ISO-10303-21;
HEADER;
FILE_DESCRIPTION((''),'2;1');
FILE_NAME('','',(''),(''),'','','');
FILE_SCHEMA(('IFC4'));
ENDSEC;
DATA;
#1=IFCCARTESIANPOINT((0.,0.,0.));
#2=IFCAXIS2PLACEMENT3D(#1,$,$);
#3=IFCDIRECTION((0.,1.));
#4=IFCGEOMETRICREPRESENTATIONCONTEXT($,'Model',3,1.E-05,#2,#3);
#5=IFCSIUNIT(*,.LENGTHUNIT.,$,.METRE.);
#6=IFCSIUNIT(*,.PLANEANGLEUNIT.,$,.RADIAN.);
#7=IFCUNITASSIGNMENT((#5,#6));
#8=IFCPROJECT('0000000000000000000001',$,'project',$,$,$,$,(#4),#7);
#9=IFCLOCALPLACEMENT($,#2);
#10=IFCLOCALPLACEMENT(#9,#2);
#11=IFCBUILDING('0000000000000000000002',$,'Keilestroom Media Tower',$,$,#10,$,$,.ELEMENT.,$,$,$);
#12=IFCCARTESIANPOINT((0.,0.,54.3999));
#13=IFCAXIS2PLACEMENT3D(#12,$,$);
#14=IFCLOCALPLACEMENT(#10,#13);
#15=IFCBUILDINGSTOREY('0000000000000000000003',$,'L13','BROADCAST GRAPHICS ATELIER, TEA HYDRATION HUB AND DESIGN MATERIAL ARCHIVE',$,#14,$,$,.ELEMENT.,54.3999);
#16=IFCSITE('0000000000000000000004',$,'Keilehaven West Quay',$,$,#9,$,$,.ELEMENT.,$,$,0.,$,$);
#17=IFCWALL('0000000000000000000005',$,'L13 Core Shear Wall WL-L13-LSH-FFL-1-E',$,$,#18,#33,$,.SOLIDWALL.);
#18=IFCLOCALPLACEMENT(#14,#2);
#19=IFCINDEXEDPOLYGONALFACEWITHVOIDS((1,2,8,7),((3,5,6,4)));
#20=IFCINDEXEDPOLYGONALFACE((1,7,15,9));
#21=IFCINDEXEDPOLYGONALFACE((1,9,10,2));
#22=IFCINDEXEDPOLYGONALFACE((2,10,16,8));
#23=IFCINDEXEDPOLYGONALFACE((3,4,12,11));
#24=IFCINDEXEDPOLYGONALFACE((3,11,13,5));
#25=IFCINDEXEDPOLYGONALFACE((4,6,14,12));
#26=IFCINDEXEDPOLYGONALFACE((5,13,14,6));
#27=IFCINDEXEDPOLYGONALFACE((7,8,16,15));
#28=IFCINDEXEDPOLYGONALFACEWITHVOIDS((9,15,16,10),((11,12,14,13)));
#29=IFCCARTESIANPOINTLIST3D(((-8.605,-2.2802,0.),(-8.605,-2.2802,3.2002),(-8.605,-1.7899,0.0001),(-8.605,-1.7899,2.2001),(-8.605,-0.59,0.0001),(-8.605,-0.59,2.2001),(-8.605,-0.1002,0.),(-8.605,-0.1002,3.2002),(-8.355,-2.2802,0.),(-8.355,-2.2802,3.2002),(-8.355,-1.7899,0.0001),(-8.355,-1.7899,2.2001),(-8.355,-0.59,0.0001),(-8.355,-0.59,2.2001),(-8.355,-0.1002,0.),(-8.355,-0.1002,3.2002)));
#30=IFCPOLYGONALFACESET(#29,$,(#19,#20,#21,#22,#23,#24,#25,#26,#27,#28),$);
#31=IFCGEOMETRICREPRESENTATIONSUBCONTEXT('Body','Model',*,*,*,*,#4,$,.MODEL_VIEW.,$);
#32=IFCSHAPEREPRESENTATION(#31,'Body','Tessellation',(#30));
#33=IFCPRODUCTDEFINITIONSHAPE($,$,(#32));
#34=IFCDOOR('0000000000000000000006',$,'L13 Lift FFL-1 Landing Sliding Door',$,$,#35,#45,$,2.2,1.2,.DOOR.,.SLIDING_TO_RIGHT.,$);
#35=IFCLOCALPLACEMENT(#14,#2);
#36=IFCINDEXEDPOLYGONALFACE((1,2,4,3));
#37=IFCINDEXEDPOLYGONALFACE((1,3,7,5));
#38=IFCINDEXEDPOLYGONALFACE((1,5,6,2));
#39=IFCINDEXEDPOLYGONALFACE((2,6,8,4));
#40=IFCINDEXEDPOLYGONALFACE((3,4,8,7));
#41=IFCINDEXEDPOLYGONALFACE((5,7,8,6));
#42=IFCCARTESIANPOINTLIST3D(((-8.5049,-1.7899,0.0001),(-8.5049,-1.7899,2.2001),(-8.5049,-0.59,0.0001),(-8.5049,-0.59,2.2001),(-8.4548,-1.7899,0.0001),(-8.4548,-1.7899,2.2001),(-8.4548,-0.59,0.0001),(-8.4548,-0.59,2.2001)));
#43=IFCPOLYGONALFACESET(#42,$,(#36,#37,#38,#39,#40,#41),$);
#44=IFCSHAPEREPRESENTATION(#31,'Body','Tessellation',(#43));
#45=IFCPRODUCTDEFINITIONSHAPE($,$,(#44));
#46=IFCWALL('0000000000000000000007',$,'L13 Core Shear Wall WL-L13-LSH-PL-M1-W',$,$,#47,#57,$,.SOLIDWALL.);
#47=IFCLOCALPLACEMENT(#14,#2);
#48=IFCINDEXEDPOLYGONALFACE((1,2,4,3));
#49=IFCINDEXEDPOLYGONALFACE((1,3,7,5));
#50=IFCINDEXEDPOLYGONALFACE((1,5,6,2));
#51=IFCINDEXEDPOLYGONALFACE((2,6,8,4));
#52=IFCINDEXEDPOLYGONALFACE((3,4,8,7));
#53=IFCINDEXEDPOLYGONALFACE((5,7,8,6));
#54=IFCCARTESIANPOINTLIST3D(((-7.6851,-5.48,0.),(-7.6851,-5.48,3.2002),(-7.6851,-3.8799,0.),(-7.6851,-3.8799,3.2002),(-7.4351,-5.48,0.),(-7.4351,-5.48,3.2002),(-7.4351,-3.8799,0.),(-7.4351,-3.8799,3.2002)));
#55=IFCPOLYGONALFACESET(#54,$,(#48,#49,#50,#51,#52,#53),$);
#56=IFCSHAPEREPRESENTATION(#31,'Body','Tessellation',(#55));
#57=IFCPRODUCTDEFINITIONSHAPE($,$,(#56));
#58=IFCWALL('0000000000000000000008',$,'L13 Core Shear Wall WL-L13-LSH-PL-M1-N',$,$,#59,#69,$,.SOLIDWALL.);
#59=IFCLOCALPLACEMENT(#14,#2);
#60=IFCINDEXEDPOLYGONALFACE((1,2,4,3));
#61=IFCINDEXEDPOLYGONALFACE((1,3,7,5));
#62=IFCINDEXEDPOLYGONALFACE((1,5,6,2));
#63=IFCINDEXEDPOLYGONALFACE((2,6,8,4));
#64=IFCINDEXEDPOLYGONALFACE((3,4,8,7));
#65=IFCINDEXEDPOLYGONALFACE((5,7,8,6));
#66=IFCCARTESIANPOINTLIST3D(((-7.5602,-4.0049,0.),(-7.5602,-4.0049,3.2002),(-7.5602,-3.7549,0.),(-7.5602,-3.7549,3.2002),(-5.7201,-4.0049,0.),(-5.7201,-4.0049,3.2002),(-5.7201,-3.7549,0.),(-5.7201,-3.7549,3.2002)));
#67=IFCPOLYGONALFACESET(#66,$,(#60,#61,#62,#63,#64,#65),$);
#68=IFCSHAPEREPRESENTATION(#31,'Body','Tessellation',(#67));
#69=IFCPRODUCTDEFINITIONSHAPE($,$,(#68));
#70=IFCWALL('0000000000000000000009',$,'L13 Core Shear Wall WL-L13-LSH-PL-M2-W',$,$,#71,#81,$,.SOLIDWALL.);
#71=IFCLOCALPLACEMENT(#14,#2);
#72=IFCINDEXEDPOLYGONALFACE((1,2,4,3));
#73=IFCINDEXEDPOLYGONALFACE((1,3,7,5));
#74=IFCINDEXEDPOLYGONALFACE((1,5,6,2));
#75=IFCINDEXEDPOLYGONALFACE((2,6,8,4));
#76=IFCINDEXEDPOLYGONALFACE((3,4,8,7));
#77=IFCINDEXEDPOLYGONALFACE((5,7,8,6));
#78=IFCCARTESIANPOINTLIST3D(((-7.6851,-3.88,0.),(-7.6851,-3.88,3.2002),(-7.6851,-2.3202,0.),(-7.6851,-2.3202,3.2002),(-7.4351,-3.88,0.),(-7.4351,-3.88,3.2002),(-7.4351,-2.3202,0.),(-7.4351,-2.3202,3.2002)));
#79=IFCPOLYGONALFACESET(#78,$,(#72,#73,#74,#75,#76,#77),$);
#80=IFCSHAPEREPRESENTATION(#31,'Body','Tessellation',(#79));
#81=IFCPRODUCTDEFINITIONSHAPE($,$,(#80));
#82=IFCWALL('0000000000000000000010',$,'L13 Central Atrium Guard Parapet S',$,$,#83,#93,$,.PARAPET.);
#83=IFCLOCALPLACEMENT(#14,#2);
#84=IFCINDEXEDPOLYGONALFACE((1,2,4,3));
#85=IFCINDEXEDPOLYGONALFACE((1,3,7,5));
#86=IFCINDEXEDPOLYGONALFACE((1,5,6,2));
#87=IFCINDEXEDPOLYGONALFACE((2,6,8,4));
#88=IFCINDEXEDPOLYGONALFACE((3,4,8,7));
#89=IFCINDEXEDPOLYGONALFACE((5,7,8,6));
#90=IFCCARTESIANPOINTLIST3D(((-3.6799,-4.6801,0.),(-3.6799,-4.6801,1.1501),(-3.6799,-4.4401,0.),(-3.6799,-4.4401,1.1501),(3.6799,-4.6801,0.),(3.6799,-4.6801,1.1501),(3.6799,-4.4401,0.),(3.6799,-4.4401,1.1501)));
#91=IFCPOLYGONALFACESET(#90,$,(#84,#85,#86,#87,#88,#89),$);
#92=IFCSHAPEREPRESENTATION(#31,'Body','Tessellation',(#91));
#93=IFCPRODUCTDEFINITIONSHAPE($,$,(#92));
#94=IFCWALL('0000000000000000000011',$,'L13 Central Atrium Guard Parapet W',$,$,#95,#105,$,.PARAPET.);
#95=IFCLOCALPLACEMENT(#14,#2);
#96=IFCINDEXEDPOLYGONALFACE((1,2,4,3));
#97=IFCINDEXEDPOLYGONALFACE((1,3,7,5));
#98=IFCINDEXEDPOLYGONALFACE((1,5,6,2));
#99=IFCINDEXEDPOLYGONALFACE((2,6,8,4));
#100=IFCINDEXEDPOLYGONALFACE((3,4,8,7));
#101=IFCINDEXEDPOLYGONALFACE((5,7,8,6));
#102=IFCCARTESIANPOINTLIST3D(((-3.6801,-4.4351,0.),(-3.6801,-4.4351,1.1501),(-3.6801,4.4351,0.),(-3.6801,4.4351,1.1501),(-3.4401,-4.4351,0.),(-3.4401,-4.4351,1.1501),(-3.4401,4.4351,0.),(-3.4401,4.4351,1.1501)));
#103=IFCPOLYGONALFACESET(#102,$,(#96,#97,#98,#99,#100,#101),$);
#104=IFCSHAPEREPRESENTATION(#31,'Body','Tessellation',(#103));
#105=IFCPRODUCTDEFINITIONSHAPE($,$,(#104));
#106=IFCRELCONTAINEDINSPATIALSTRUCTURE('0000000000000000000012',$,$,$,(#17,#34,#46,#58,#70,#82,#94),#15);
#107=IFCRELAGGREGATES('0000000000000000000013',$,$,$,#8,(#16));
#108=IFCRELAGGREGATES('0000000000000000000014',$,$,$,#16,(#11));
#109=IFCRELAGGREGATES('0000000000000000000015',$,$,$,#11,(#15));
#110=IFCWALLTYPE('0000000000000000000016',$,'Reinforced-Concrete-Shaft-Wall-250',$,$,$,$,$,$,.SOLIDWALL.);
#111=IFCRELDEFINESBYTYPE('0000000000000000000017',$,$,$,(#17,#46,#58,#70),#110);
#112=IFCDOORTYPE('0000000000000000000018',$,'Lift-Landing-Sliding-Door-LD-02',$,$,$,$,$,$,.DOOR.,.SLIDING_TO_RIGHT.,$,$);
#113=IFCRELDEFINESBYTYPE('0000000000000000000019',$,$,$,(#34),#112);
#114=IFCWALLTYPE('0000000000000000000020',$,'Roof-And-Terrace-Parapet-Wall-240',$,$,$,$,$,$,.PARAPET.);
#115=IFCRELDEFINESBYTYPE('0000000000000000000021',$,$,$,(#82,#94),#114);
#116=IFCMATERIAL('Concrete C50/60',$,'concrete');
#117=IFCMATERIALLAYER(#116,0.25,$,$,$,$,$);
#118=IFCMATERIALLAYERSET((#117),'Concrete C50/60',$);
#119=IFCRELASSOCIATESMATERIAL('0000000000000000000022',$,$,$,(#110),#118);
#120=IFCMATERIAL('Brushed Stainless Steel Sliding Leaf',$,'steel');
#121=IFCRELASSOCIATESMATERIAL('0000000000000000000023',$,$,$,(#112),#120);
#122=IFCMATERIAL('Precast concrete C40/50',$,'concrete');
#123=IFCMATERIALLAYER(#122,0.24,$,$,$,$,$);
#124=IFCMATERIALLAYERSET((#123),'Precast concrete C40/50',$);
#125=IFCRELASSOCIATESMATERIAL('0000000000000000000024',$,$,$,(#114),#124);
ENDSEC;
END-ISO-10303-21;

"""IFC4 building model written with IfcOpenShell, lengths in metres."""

from ifc_helpers import new_model, si_unit, direction, frame, frame_2d, origin, place, context, subcontext, project, spatial, rectangle, extrude, source, transform, mapped, material, layer, layer_set, type_object, element, fill, save


model = new_model("IFC4")

# Units and contexts
model_context = context("Model", 3, precision=1e-05, world=origin(), true_north=direction((0.0, 1.0)))
body_context = subcontext(model_context, "Body", "Model", "MODEL_VIEW")
ifc_project = project(units=[si_unit("LENGTHUNIT", "METRE"), si_unit("PLANEANGLEUNIT", "RADIAN")], contexts=[model_context])

# Site, building, storey
site_placement = place(None, origin())
site = spatial("IfcSite", under=ifc_project, at=site_placement, Name="Keilehaven West Quay", CompositionType="ELEMENT", RefElevation=0.0)
building_placement = place(site_placement, origin())
building = spatial("IfcBuilding", under=site, at=building_placement, Name="Keilestroom Media Tower", CompositionType="ELEMENT")
storey_placement = place(building_placement, frame((0.0, 0.0, 54.3999)))
storey = spatial("IfcBuildingStorey", under=building, at=storey_placement, Name="L13", Description="BROADCAST GRAPHICS ATELIER, TEA HYDRATION HUB AND DESIGN MATERIAL ARCHIVE", CompositionType="ELEMENT", Elevation=54.3999)

# Shared definitions
shared_shape_1 = source(origin(), body_context, "Body", "SweptSolid", [
    extrude(rectangle(XDim=1.2, YDim=2.2, at=frame_2d((0.6001, 1.1001))), frame((0.0, 0.0249, 0.0), z_axis=(0.0, -1.0, 0.0), x_axis=(1.0, 0.0, 0.0)), (0.0, 0.0, 1.0), 0.05),
])

# Shared definitions
ifc_material_1 = material(Name="Concrete C50/60", Category="concrete")
ifc_layer_1 = layer(ifc_material_1, 0.25)
ifc_layer_set_1 = layer_set([ifc_layer_1], Name="Concrete C50/60")
wall_type_1 = type_object("IfcWallType", Name="Reinforced-Concrete-Shaft-Wall-250", PredefinedType="SOLIDWALL", material=ifc_layer_set_1)

# Wall, opening, door
wall_1_placement = place(storey_placement, frame((-8.48, -2.28, 0.0), z_axis=(0.0, 0.0, 1.0), x_axis=(0.0, 1.0, 0.0)))
wall_1 = element("IfcWall", 1, at=wall_1_placement, inside=storey, type_object=wall_type_1, Name="L13 Core Shear Wall WL-L13-LSH-FFL-1-E", PredefinedType="SOLIDWALL", context=body_context, shape_type="SweptSolid", body=[
    extrude(rectangle(XDim=2.1799, YDim=0.25, at=frame_2d((1.0898, 0.0))), origin(), (0.0, 0.0, 1.0), 3.2002),
])
opening_1_placement = place(wall_1_placement, frame((0.49, 0.0, 0.0)))
opening_1 = element("IfcOpeningElement", 2, at=opening_1_placement, cuts=wall_1, PredefinedType="OPENING", context=body_context, shape_type="SweptSolid", body=[
    extrude(rectangle(XDim=1.2, YDim=2.2, at=frame_2d((0.6001, 1.1001))), frame((0.0, 0.135, 0.0), z_axis=(0.0, -1.0, 0.0), x_axis=(1.0, 0.0, 0.0)), (0.0, 0.0, 1.0), 0.27),
])
ifc_material_2 = material(Name="Brushed Stainless Steel Sliding Leaf", Category="steel")
door_type_1 = type_object("IfcDoorType", Name="Lift-Landing-Sliding-Door-LD-02", OperationType="SLIDING_TO_RIGHT", PredefinedType="DOOR", material=ifc_material_2)
door_1_placement = place(opening_1_placement, origin())
door_1 = element("IfcDoor", 3, at=door_1_placement, inside=storey, type_object=door_type_1, Name="L13 Lift FFL-1 Landing Sliding Door", OperationType="SLIDING_TO_RIGHT", OverallHeight=2.2, OverallWidth=1.2, PredefinedType="DOOR", context=body_context, shape_type="MappedRepresentation", body=[
    mapped(shared_shape_1, transform((0.0, 0.0, 0.0), x_axis=(1.0, 0.0, 0.0), y_axis=(0.0, 1.0, 0.0), z_axis=(0.0, 0.0, 1.0), scale=1.0)),
])
fill(opening_1, door_1)

# Walls
wall_2_placement = place(storey_placement, frame((-7.5601, -5.48, 0.0), z_axis=(0.0, 0.0, 1.0), x_axis=(0.0, 1.0, 0.0)))
element("IfcWall", 4, at=wall_2_placement, inside=storey, type_object=wall_type_1, Name="L13 Core Shear Wall WL-L13-LSH-PL-M1-W", PredefinedType="SOLIDWALL", context=body_context, shape_type="SweptSolid", body=[
    extrude(rectangle(XDim=1.6001, YDim=0.25, at=frame_2d((0.8, 0.0))), origin(), (0.0, 0.0, 1.0), 3.2002),
])
wall_3_placement = place(storey_placement, frame((-7.5601, -3.8799, 0.0), z_axis=(0.0, 0.0, 1.0), x_axis=(1.0, 0.0, 0.0)))
element("IfcWall", 5, at=wall_3_placement, inside=storey, type_object=wall_type_1, Name="L13 Core Shear Wall WL-L13-LSH-PL-M1-N", PredefinedType="SOLIDWALL", context=body_context, shape_type="SweptSolid", body=[
    extrude(rectangle(XDim=1.8401, YDim=0.25, at=frame_2d((0.9199, 0.0))), origin(), (0.0, 0.0, 1.0), 3.2002),
])
wall_4_placement = place(storey_placement, frame((-7.5601, -3.8799, 0.0), z_axis=(0.0, 0.0, 1.0), x_axis=(0.0, 1.0, 0.0)))
element("IfcWall", 6, at=wall_4_placement, inside=storey, type_object=wall_type_1, Name="L13 Core Shear Wall WL-L13-LSH-PL-M2-W", PredefinedType="SOLIDWALL", context=body_context, shape_type="SweptSolid", body=[
    extrude(rectangle(XDim=1.5598, YDim=0.25, at=frame_2d((0.7798, 0.0))), origin(), (0.0, 0.0, 1.0), 3.2002),
])
ifc_material_3 = material(Name="Precast concrete C40/50", Category="concrete")
ifc_layer_2 = layer(ifc_material_3, 0.24)
ifc_layer_set_2 = layer_set([ifc_layer_2], Name="Precast concrete C40/50")
wall_type_2 = type_object("IfcWallType", Name="Roof-And-Terrace-Parapet-Wall-240", PredefinedType="PARAPET", material=ifc_layer_set_2)
wall_5_placement = place(storey_placement, frame((-3.6799, -4.5601, 0.0), z_axis=(0.0, 0.0, 1.0), x_axis=(1.0, 0.0, 0.0)))
element("IfcWall", 7, at=wall_5_placement, inside=storey, type_object=wall_type_2, Name="L13 Central Atrium Guard Parapet S", PredefinedType="PARAPET", context=body_context, shape_type="SweptSolid", body=[
    extrude(rectangle(XDim=7.3599, YDim=0.24, at=frame_2d((3.6799, 0.0))), origin(), (0.0, 0.0, 1.0), 1.1501),
])
wall_6_placement = place(storey_placement, frame((-3.5601, -4.4351, 0.0), z_axis=(0.0, 0.0, 1.0), x_axis=(0.0, 1.0, 0.0)))
element("IfcWall", 8, at=wall_6_placement, inside=storey, type_object=wall_type_2, Name="L13 Central Atrium Guard Parapet W", PredefinedType="PARAPET", context=body_context, shape_type="SweptSolid", body=[
    extrude(rectangle(XDim=8.8701, YDim=0.24, at=frame_2d((4.4351, 0.0))), origin(), (0.0, 0.0, 1.0), 1.1501),
])

save(model, "model.ifc")
